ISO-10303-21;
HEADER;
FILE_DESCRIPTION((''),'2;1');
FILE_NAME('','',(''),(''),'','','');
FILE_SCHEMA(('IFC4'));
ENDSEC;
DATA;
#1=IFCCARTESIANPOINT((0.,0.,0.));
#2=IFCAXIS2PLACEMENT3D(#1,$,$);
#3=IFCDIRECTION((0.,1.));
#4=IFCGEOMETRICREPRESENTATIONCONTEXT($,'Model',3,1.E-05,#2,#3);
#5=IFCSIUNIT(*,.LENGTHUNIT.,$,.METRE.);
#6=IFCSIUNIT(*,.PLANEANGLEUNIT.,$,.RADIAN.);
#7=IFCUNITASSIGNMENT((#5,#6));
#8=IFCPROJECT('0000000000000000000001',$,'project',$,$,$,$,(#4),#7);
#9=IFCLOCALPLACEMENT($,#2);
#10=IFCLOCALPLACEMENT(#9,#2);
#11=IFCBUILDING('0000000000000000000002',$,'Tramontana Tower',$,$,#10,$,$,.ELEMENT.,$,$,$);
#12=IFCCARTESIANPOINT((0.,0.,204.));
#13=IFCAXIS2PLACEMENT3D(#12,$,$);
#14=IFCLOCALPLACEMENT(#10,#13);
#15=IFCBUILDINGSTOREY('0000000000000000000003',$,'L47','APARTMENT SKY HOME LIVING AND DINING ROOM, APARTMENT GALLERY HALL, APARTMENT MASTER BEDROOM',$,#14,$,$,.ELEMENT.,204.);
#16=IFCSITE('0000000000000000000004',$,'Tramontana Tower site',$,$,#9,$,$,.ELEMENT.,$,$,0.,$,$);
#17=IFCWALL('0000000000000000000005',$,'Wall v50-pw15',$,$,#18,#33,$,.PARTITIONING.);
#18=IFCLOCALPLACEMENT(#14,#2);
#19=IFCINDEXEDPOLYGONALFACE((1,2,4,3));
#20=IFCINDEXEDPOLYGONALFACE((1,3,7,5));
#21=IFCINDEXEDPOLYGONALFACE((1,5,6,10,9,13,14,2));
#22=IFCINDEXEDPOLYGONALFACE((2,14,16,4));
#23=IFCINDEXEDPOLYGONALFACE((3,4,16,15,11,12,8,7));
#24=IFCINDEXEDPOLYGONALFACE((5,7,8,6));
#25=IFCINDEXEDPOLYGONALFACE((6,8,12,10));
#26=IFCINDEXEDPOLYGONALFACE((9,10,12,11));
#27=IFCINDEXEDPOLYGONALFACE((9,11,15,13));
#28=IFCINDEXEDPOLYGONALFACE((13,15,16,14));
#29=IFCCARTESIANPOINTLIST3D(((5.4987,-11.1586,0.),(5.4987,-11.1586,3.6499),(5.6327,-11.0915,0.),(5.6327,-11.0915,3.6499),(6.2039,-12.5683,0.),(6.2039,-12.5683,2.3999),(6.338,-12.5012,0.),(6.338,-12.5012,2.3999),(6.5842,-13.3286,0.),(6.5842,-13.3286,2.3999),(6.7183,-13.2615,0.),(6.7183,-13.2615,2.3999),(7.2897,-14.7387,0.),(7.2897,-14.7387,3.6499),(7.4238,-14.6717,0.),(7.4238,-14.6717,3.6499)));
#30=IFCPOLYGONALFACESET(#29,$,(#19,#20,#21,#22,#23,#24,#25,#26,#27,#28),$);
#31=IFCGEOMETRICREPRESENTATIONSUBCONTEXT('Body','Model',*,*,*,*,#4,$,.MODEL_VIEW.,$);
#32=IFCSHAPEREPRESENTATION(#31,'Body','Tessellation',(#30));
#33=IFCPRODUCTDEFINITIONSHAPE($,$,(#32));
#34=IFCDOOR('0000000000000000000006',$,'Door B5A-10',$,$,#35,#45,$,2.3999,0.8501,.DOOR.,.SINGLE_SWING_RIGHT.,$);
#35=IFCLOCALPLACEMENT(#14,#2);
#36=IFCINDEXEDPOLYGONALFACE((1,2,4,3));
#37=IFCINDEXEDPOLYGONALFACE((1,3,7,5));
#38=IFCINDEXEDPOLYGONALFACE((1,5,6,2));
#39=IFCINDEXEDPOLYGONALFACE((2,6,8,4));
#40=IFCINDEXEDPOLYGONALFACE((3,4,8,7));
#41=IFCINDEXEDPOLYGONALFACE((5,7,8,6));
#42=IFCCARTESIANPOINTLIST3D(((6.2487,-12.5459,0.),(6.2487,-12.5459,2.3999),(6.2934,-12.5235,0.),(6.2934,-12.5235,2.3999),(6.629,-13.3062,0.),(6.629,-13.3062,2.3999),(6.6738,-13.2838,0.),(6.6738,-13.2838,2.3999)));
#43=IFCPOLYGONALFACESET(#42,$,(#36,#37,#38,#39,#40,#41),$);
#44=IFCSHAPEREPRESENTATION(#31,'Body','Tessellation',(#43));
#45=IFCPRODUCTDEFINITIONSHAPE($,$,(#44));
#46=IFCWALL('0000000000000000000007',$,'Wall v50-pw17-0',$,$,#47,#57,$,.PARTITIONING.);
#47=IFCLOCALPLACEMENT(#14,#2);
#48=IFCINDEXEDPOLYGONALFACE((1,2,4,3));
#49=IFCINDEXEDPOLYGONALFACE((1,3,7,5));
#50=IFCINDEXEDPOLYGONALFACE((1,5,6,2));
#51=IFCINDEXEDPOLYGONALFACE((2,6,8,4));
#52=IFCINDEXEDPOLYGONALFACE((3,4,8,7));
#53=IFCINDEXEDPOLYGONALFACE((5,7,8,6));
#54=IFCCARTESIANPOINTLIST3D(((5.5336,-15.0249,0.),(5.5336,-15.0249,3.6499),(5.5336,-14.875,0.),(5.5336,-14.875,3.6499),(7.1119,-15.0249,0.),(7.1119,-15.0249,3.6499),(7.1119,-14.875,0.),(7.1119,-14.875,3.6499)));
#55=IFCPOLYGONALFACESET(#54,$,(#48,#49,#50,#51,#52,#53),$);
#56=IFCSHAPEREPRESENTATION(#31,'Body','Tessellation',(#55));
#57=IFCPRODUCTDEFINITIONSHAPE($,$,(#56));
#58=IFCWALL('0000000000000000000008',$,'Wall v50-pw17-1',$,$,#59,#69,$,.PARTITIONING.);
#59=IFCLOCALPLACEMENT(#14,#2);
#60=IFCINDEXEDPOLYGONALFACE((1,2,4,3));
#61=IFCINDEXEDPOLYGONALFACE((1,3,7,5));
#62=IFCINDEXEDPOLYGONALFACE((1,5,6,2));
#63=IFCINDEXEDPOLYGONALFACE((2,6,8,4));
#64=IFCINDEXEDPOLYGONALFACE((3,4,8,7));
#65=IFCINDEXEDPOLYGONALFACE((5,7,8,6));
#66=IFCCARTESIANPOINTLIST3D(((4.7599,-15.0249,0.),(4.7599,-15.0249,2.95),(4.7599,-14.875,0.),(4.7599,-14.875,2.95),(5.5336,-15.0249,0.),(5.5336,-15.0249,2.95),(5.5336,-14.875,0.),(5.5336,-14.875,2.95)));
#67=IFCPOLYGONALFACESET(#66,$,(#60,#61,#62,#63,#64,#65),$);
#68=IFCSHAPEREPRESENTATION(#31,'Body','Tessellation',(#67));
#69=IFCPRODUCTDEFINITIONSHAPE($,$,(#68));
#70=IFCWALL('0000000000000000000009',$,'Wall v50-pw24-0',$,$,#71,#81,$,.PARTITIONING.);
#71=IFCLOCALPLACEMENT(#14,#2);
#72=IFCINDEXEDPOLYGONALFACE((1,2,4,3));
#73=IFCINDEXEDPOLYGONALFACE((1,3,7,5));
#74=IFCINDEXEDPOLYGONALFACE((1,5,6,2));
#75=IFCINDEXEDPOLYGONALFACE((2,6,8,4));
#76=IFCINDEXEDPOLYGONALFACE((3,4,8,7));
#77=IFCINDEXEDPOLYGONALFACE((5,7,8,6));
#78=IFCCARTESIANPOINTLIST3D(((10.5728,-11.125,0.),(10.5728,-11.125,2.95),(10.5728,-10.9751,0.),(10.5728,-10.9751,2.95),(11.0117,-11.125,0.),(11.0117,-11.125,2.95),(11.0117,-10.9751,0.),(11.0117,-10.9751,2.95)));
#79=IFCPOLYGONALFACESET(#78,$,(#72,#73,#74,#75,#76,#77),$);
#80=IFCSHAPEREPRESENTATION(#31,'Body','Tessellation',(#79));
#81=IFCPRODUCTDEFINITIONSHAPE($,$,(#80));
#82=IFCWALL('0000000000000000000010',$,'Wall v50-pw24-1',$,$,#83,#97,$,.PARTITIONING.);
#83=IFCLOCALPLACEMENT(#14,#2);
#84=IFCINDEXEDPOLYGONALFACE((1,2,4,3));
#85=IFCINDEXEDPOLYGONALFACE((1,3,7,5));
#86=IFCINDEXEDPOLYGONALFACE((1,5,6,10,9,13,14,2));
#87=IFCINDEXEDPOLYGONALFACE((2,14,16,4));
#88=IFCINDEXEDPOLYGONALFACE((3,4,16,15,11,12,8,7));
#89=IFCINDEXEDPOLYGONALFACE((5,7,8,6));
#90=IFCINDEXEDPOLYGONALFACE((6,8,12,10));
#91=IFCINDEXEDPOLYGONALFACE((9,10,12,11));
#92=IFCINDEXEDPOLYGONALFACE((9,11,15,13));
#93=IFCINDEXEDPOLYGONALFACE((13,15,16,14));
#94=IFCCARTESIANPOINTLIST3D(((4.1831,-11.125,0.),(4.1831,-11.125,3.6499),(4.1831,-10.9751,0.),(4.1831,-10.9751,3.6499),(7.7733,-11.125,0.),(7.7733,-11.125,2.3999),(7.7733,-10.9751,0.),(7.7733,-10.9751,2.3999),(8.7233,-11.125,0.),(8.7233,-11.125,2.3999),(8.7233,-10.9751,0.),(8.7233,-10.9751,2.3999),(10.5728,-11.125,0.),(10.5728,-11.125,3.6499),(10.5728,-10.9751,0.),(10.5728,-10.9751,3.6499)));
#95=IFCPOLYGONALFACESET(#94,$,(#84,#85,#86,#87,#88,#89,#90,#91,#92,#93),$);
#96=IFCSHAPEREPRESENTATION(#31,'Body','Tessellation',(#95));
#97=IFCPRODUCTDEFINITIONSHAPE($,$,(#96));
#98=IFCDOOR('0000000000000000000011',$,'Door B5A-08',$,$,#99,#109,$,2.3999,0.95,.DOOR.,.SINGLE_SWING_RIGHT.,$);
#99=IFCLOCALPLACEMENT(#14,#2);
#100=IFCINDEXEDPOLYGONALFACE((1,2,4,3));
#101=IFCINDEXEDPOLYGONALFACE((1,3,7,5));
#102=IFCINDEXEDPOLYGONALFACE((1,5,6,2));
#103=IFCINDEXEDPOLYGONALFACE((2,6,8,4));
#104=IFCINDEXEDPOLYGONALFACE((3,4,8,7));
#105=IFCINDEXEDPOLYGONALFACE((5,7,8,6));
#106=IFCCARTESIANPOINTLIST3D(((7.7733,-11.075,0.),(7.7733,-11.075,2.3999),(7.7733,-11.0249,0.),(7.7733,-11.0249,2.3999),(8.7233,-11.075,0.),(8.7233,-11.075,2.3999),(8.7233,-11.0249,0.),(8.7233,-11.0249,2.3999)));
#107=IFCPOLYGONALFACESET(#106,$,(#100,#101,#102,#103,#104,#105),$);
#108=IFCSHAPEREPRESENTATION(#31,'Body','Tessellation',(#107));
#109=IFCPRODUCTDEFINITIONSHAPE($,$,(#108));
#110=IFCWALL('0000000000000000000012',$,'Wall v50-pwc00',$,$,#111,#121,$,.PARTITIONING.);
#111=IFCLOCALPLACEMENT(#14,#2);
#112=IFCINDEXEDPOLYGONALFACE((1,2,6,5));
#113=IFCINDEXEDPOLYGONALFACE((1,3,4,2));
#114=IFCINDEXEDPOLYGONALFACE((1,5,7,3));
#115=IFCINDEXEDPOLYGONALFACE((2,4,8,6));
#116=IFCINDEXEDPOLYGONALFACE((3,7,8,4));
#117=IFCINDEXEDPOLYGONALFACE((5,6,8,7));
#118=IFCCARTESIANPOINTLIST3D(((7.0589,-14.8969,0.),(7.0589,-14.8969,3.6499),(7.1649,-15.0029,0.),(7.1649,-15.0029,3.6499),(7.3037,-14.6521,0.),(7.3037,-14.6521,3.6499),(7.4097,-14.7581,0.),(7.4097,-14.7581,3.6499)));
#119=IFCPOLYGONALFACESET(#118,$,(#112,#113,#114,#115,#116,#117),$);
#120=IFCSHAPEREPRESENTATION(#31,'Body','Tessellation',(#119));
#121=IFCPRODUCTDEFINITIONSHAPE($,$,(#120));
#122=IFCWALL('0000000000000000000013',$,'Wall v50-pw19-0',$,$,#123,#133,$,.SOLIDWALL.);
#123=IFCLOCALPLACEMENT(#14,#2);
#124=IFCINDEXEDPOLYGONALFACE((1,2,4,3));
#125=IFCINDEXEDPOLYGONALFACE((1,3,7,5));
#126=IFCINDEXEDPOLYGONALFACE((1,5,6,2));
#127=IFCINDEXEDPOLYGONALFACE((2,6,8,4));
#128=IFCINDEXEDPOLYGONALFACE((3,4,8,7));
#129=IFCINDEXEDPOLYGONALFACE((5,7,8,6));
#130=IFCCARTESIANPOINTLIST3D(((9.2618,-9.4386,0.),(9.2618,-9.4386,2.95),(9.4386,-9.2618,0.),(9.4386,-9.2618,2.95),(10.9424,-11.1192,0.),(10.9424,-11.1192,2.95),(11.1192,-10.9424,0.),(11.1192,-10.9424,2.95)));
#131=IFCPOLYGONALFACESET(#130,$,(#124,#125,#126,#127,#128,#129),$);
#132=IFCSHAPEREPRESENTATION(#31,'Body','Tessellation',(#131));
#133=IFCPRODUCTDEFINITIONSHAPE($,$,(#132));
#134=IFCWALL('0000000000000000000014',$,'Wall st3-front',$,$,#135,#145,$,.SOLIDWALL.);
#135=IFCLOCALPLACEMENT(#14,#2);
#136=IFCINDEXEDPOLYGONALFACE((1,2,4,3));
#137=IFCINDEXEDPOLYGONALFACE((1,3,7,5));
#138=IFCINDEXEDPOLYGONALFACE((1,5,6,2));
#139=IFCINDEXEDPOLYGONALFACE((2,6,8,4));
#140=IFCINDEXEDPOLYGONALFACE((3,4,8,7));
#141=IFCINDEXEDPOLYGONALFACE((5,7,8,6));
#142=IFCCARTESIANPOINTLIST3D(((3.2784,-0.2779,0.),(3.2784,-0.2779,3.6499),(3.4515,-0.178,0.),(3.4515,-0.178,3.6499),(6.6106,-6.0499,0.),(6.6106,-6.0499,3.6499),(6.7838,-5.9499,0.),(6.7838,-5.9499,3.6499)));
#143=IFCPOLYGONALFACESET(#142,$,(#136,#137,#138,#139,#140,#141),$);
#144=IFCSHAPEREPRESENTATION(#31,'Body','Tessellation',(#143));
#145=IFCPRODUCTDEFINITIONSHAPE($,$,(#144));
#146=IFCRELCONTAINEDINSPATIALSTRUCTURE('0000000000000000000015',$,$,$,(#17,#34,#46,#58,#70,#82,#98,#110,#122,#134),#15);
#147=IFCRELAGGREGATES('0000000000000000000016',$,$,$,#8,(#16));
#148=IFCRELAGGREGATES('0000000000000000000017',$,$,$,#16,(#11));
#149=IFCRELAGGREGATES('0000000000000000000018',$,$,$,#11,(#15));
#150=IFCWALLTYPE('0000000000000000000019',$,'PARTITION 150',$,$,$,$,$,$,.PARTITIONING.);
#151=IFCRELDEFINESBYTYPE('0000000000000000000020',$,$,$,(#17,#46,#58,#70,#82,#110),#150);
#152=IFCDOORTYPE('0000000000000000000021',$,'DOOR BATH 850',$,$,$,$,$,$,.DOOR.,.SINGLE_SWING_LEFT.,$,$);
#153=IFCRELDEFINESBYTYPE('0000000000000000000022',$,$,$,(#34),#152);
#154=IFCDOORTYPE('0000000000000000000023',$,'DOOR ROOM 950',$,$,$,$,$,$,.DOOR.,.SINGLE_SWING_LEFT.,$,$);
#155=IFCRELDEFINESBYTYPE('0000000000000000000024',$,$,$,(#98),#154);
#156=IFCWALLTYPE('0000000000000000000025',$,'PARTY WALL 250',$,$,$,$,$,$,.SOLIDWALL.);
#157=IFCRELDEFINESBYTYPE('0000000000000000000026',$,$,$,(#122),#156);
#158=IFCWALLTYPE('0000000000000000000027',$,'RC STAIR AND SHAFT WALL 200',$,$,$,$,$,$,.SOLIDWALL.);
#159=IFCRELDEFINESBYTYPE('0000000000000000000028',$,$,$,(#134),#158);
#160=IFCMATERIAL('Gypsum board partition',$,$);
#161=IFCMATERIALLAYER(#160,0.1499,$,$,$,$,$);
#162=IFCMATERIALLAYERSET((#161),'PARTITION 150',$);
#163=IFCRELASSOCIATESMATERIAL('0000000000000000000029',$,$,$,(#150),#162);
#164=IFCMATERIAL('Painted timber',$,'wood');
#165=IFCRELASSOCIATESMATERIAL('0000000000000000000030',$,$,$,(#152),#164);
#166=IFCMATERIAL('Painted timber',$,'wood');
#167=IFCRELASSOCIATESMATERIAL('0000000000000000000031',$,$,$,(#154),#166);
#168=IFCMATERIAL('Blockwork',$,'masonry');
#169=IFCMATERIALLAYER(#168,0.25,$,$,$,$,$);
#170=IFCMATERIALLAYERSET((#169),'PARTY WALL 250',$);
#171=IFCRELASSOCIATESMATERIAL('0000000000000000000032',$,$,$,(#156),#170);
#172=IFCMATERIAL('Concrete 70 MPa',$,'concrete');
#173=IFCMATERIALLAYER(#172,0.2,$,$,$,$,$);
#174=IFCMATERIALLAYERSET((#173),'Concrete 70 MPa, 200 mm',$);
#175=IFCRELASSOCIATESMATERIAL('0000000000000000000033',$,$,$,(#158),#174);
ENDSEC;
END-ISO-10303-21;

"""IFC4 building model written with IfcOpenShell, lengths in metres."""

from ifc_helpers import new_model, si_unit, direction, frame, frame_2d, origin, place, context, subcontext, project, spatial, rectangle, extrude, material, layer, layer_set, type_object, element, fill, save


model = new_model("IFC4")

# Units and contexts
model_context = context("Model", 3, precision=1e-05, world=origin(), true_north=direction((0.0, 1.0)))
body_context = subcontext(model_context, "Body", "Model", "MODEL_VIEW")
ifc_project = project(units=[si_unit("LENGTHUNIT", "METRE"), si_unit("PLANEANGLEUNIT", "RADIAN")], contexts=[model_context])

# Site, building, storey
site_placement = place(None, origin())
site = spatial("IfcSite", under=ifc_project, at=site_placement, Name="Tramontana Tower site", CompositionType="ELEMENT", RefElevation=0.0)
building_placement = place(site_placement, origin())
building = spatial("IfcBuilding", under=site, at=building_placement, Name="Tramontana Tower", CompositionType="ELEMENT")
storey_placement = place(building_placement, frame((0.0, 0.0, 204.0)))
storey = spatial("IfcBuildingStorey", under=building, at=storey_placement, Name="L47", Description="APARTMENT SKY HOME LIVING AND DINING ROOM, APARTMENT GALLERY HALL, APARTMENT MASTER BEDROOM", CompositionType="ELEMENT", Elevation=204.0)

# Wall, opening, door
ifc_material_1 = material(Name="Gypsum board partition")
ifc_layer_1 = layer(ifc_material_1, 0.1499)
ifc_layer_set_1 = layer_set([ifc_layer_1], Name="PARTITION 150")
wall_type_1 = type_object("IfcWallType", Name="PARTITION 150", PredefinedType="PARTITIONING", material=ifc_layer_set_1)
wall_1_placement = place(storey_placement, frame((7.3567, -14.7051, 0.0), z_axis=(0.0, 0.0, 1.0), x_axis=(-0.447409, 0.89433, 0.0)))
wall_1 = element("IfcWall", 1, at=wall_1_placement, inside=storey, type_object=wall_type_1, Name="Wall v50-pw15", PredefinedType="PARTITIONING", context=body_context, shape_type="SweptSolid", body=[
    extrude(rectangle(XDim=4.0032, YDim=0.1499, at=frame_2d((2.0015, 0.0))), origin(), (0.0, 0.0, 1.0), 3.6499),
])
opening_1_placement = place(wall_1_placement, frame((1.5767, 0.0, 0.0)))
opening_1 = element("IfcOpeningElement", 2, at=opening_1_placement, cuts=wall_1, PredefinedType="OPENING", context=body_context, shape_type="SweptSolid", body=[
    extrude(rectangle(XDim=0.8501, YDim=2.3999, at=frame_2d((0.425, 1.2))), frame((0.0, 0.085, 0.0), z_axis=(0.0, -1.0, 0.0), x_axis=(1.0, 0.0, 0.0)), (0.0, 0.0, 1.0), 0.1699),
])
ifc_material_2 = material(Name="Painted timber", Category="wood")
door_type_1 = type_object("IfcDoorType", Name="DOOR BATH 850", OperationType="SINGLE_SWING_LEFT", PredefinedType="DOOR", material=ifc_material_2)
door_1_placement = place(opening_1_placement, origin())
door_1 = element("IfcDoor", 3, at=door_1_placement, inside=storey, type_object=door_type_1, Name="Door B5A-10", OperationType="SINGLE_SWING_RIGHT", OverallHeight=2.3999, OverallWidth=0.8501, PredefinedType="DOOR", context=body_context, shape_type="SweptSolid", body=[
    extrude(rectangle(XDim=0.8501, YDim=2.3999, at=frame_2d((0.425, 1.2))), frame((0.0, 0.0249, 0.0), z_axis=(0.0, -1.0, 0.0), x_axis=(1.0, 0.0, 0.0)), (0.0, 0.0, 1.0), 0.05),
])
fill(opening_1, door_1)

# Walls
wall_2_placement = place(storey_placement, frame((7.1118, -14.95, 0.0), z_axis=(0.0, 0.0, 1.0), x_axis=(-1.0, 0.0, 0.0)))
element("IfcWall", 4, at=wall_2_placement, inside=storey, type_object=wall_type_1, Name="Wall v50-pw17-0", PredefinedType="PARTITIONING", context=body_context, shape_type="SweptSolid", body=[
    extrude(rectangle(XDim=1.5784, YDim=0.1499, at=frame_2d((0.7891, 0.0))), origin(), (0.0, 0.0, 1.0), 3.6499),
])
wall_3_placement = place(storey_placement, frame((5.5334, -14.95, 0.0), z_axis=(0.0, 0.0, 1.0), x_axis=(-1.0, 0.0, 0.0)))
element("IfcWall", 5, at=wall_3_placement, inside=storey, type_object=wall_type_1, Name="Wall v50-pw17-1", PredefinedType="PARTITIONING", context=body_context, shape_type="SweptSolid", body=[
    extrude(rectangle(XDim=0.7737, YDim=0.1499, at=frame_2d((0.3867, 0.0))), origin(), (0.0, 0.0, 1.0), 2.95),
])
wall_4_placement = place(storey_placement, frame((11.0117, -11.05, 0.0), z_axis=(0.0, 0.0, 1.0), x_axis=(-1.0, 0.0, 0.0)))
element("IfcWall", 6, at=wall_4_placement, inside=storey, type_object=wall_type_1, Name="Wall v50-pw24-0", PredefinedType="PARTITIONING", context=body_context, shape_type="SweptSolid", body=[
    extrude(rectangle(XDim=0.439, YDim=0.1499, at=frame_2d((0.2195, 0.0))), origin(), (0.0, 0.0, 1.0), 2.95),
])

# Wall, opening, door
wall_5_placement = place(storey_placement, frame((10.5728, -11.05, 0.0), z_axis=(0.0, 0.0, 1.0), x_axis=(-1.0, 0.0, 0.0)))
wall_5 = element("IfcWall", 7, at=wall_5_placement, inside=storey, type_object=wall_type_1, Name="Wall v50-pw24-1", PredefinedType="PARTITIONING", context=body_context, shape_type="SweptSolid", body=[
    extrude(rectangle(XDim=6.3896, YDim=0.1499, at=frame_2d((3.1948, 0.0))), origin(), (0.0, 0.0, 1.0), 3.6499),
])
opening_2_placement = place(wall_5_placement, frame((1.8494, 0.0, 0.0)))
opening_2 = element("IfcOpeningElement", 8, at=opening_2_placement, cuts=wall_5, PredefinedType="OPENING", context=body_context, shape_type="SweptSolid", body=[
    extrude(rectangle(XDim=0.95, YDim=2.3999, at=frame_2d((0.4751, 1.2))), frame((0.0, 0.085, 0.0), z_axis=(0.0, -1.0, 0.0), x_axis=(1.0, 0.0, 0.0)), (0.0, 0.0, 1.0), 0.1699),
])
ifc_material_3 = material(Name="Painted timber", Category="wood")
door_type_2 = type_object("IfcDoorType", Name="DOOR ROOM 950", OperationType="SINGLE_SWING_LEFT", PredefinedType="DOOR", material=ifc_material_3)
door_2_placement = place(opening_2_placement, origin())
door_2 = element("IfcDoor", 9, at=door_2_placement, inside=storey, type_object=door_type_2, Name="Door B5A-08", OperationType="SINGLE_SWING_RIGHT", OverallHeight=2.3999, OverallWidth=0.95, PredefinedType="DOOR", context=body_context, shape_type="SweptSolid", body=[
    extrude(rectangle(XDim=0.95, YDim=2.3999, at=frame_2d((0.4751, 1.2))), frame((0.0, 0.0249, 0.0), z_axis=(0.0, -1.0, 0.0), x_axis=(1.0, 0.0, 0.0)), (0.0, 0.0, 1.0), 0.05),
])
fill(opening_2, door_2)

# Walls
wall_6_placement = place(storey_placement, frame((7.3567, -14.7051, 0.0), z_axis=(0.0, 0.0, 1.0), x_axis=(-0.707107, -0.707107, 0.0)))
element("IfcWall", 10, at=wall_6_placement, inside=storey, type_object=wall_type_1, Name="Wall v50-pwc00", PredefinedType="PARTITIONING", context=body_context, shape_type="SweptSolid", body=[
    extrude(rectangle(XDim=0.3462, YDim=0.1499, at=frame_2d((0.1731, 0.0))), origin(), (0.0, 0.0, 1.0), 3.6499),
])
ifc_material_4 = material(Name="Blockwork", Category="masonry")
ifc_layer_2 = layer(ifc_material_4, 0.25)
ifc_layer_set_2 = layer_set([ifc_layer_2], Name="PARTY WALL 250")
wall_type_2 = type_object("IfcWallType", Name="PARTY WALL 250", PredefinedType="SOLIDWALL", material=ifc_layer_set_2)
wall_7_placement = place(storey_placement, frame((9.3501, -9.3501, 0.0), z_axis=(0.0, 0.0, 1.0), x_axis=(0.707107, -0.707107, 0.0)))
element("IfcWall", 11, at=wall_7_placement, inside=storey, type_object=wall_type_2, Name="Wall v50-pw19-0", PredefinedType="SOLIDWALL", context=body_context, shape_type="SweptSolid", body=[
    extrude(rectangle(XDim=2.3767, YDim=0.25, at=frame_2d((1.1885, 0.0))), origin(), (0.0, 0.0, 1.0), 2.95),
])
ifc_material_5 = material(Name="Concrete 70 MPa", Category="concrete")
ifc_layer_3 = layer(ifc_material_5, 0.2)
ifc_layer_set_3 = layer_set([ifc_layer_3], Name="Concrete 70 MPa, 200 mm")
wall_type_3 = type_object("IfcWallType", Name="RC STAIR AND SHAFT WALL 200", PredefinedType="SOLIDWALL", material=ifc_layer_set_3)
wall_8_placement = place(storey_placement, frame((6.6973, -6.0, 0.0), z_axis=(0.0, 0.0, 1.0), x_axis=(-0.49998, 0.866037, 0.0)))
element("IfcWall", 12, at=wall_8_placement, inside=storey, type_object=wall_type_3, Name="Wall st3-front", PredefinedType="SOLIDWALL", context=body_context, shape_type="SweptSolid", body=[
    extrude(rectangle(XDim=6.6648, YDim=0.2, at=frame_2d((3.3325, 0.0))), origin(), (0.0, 0.0, 1.0), 3.6499),
])

save(model, "model.ifc")
